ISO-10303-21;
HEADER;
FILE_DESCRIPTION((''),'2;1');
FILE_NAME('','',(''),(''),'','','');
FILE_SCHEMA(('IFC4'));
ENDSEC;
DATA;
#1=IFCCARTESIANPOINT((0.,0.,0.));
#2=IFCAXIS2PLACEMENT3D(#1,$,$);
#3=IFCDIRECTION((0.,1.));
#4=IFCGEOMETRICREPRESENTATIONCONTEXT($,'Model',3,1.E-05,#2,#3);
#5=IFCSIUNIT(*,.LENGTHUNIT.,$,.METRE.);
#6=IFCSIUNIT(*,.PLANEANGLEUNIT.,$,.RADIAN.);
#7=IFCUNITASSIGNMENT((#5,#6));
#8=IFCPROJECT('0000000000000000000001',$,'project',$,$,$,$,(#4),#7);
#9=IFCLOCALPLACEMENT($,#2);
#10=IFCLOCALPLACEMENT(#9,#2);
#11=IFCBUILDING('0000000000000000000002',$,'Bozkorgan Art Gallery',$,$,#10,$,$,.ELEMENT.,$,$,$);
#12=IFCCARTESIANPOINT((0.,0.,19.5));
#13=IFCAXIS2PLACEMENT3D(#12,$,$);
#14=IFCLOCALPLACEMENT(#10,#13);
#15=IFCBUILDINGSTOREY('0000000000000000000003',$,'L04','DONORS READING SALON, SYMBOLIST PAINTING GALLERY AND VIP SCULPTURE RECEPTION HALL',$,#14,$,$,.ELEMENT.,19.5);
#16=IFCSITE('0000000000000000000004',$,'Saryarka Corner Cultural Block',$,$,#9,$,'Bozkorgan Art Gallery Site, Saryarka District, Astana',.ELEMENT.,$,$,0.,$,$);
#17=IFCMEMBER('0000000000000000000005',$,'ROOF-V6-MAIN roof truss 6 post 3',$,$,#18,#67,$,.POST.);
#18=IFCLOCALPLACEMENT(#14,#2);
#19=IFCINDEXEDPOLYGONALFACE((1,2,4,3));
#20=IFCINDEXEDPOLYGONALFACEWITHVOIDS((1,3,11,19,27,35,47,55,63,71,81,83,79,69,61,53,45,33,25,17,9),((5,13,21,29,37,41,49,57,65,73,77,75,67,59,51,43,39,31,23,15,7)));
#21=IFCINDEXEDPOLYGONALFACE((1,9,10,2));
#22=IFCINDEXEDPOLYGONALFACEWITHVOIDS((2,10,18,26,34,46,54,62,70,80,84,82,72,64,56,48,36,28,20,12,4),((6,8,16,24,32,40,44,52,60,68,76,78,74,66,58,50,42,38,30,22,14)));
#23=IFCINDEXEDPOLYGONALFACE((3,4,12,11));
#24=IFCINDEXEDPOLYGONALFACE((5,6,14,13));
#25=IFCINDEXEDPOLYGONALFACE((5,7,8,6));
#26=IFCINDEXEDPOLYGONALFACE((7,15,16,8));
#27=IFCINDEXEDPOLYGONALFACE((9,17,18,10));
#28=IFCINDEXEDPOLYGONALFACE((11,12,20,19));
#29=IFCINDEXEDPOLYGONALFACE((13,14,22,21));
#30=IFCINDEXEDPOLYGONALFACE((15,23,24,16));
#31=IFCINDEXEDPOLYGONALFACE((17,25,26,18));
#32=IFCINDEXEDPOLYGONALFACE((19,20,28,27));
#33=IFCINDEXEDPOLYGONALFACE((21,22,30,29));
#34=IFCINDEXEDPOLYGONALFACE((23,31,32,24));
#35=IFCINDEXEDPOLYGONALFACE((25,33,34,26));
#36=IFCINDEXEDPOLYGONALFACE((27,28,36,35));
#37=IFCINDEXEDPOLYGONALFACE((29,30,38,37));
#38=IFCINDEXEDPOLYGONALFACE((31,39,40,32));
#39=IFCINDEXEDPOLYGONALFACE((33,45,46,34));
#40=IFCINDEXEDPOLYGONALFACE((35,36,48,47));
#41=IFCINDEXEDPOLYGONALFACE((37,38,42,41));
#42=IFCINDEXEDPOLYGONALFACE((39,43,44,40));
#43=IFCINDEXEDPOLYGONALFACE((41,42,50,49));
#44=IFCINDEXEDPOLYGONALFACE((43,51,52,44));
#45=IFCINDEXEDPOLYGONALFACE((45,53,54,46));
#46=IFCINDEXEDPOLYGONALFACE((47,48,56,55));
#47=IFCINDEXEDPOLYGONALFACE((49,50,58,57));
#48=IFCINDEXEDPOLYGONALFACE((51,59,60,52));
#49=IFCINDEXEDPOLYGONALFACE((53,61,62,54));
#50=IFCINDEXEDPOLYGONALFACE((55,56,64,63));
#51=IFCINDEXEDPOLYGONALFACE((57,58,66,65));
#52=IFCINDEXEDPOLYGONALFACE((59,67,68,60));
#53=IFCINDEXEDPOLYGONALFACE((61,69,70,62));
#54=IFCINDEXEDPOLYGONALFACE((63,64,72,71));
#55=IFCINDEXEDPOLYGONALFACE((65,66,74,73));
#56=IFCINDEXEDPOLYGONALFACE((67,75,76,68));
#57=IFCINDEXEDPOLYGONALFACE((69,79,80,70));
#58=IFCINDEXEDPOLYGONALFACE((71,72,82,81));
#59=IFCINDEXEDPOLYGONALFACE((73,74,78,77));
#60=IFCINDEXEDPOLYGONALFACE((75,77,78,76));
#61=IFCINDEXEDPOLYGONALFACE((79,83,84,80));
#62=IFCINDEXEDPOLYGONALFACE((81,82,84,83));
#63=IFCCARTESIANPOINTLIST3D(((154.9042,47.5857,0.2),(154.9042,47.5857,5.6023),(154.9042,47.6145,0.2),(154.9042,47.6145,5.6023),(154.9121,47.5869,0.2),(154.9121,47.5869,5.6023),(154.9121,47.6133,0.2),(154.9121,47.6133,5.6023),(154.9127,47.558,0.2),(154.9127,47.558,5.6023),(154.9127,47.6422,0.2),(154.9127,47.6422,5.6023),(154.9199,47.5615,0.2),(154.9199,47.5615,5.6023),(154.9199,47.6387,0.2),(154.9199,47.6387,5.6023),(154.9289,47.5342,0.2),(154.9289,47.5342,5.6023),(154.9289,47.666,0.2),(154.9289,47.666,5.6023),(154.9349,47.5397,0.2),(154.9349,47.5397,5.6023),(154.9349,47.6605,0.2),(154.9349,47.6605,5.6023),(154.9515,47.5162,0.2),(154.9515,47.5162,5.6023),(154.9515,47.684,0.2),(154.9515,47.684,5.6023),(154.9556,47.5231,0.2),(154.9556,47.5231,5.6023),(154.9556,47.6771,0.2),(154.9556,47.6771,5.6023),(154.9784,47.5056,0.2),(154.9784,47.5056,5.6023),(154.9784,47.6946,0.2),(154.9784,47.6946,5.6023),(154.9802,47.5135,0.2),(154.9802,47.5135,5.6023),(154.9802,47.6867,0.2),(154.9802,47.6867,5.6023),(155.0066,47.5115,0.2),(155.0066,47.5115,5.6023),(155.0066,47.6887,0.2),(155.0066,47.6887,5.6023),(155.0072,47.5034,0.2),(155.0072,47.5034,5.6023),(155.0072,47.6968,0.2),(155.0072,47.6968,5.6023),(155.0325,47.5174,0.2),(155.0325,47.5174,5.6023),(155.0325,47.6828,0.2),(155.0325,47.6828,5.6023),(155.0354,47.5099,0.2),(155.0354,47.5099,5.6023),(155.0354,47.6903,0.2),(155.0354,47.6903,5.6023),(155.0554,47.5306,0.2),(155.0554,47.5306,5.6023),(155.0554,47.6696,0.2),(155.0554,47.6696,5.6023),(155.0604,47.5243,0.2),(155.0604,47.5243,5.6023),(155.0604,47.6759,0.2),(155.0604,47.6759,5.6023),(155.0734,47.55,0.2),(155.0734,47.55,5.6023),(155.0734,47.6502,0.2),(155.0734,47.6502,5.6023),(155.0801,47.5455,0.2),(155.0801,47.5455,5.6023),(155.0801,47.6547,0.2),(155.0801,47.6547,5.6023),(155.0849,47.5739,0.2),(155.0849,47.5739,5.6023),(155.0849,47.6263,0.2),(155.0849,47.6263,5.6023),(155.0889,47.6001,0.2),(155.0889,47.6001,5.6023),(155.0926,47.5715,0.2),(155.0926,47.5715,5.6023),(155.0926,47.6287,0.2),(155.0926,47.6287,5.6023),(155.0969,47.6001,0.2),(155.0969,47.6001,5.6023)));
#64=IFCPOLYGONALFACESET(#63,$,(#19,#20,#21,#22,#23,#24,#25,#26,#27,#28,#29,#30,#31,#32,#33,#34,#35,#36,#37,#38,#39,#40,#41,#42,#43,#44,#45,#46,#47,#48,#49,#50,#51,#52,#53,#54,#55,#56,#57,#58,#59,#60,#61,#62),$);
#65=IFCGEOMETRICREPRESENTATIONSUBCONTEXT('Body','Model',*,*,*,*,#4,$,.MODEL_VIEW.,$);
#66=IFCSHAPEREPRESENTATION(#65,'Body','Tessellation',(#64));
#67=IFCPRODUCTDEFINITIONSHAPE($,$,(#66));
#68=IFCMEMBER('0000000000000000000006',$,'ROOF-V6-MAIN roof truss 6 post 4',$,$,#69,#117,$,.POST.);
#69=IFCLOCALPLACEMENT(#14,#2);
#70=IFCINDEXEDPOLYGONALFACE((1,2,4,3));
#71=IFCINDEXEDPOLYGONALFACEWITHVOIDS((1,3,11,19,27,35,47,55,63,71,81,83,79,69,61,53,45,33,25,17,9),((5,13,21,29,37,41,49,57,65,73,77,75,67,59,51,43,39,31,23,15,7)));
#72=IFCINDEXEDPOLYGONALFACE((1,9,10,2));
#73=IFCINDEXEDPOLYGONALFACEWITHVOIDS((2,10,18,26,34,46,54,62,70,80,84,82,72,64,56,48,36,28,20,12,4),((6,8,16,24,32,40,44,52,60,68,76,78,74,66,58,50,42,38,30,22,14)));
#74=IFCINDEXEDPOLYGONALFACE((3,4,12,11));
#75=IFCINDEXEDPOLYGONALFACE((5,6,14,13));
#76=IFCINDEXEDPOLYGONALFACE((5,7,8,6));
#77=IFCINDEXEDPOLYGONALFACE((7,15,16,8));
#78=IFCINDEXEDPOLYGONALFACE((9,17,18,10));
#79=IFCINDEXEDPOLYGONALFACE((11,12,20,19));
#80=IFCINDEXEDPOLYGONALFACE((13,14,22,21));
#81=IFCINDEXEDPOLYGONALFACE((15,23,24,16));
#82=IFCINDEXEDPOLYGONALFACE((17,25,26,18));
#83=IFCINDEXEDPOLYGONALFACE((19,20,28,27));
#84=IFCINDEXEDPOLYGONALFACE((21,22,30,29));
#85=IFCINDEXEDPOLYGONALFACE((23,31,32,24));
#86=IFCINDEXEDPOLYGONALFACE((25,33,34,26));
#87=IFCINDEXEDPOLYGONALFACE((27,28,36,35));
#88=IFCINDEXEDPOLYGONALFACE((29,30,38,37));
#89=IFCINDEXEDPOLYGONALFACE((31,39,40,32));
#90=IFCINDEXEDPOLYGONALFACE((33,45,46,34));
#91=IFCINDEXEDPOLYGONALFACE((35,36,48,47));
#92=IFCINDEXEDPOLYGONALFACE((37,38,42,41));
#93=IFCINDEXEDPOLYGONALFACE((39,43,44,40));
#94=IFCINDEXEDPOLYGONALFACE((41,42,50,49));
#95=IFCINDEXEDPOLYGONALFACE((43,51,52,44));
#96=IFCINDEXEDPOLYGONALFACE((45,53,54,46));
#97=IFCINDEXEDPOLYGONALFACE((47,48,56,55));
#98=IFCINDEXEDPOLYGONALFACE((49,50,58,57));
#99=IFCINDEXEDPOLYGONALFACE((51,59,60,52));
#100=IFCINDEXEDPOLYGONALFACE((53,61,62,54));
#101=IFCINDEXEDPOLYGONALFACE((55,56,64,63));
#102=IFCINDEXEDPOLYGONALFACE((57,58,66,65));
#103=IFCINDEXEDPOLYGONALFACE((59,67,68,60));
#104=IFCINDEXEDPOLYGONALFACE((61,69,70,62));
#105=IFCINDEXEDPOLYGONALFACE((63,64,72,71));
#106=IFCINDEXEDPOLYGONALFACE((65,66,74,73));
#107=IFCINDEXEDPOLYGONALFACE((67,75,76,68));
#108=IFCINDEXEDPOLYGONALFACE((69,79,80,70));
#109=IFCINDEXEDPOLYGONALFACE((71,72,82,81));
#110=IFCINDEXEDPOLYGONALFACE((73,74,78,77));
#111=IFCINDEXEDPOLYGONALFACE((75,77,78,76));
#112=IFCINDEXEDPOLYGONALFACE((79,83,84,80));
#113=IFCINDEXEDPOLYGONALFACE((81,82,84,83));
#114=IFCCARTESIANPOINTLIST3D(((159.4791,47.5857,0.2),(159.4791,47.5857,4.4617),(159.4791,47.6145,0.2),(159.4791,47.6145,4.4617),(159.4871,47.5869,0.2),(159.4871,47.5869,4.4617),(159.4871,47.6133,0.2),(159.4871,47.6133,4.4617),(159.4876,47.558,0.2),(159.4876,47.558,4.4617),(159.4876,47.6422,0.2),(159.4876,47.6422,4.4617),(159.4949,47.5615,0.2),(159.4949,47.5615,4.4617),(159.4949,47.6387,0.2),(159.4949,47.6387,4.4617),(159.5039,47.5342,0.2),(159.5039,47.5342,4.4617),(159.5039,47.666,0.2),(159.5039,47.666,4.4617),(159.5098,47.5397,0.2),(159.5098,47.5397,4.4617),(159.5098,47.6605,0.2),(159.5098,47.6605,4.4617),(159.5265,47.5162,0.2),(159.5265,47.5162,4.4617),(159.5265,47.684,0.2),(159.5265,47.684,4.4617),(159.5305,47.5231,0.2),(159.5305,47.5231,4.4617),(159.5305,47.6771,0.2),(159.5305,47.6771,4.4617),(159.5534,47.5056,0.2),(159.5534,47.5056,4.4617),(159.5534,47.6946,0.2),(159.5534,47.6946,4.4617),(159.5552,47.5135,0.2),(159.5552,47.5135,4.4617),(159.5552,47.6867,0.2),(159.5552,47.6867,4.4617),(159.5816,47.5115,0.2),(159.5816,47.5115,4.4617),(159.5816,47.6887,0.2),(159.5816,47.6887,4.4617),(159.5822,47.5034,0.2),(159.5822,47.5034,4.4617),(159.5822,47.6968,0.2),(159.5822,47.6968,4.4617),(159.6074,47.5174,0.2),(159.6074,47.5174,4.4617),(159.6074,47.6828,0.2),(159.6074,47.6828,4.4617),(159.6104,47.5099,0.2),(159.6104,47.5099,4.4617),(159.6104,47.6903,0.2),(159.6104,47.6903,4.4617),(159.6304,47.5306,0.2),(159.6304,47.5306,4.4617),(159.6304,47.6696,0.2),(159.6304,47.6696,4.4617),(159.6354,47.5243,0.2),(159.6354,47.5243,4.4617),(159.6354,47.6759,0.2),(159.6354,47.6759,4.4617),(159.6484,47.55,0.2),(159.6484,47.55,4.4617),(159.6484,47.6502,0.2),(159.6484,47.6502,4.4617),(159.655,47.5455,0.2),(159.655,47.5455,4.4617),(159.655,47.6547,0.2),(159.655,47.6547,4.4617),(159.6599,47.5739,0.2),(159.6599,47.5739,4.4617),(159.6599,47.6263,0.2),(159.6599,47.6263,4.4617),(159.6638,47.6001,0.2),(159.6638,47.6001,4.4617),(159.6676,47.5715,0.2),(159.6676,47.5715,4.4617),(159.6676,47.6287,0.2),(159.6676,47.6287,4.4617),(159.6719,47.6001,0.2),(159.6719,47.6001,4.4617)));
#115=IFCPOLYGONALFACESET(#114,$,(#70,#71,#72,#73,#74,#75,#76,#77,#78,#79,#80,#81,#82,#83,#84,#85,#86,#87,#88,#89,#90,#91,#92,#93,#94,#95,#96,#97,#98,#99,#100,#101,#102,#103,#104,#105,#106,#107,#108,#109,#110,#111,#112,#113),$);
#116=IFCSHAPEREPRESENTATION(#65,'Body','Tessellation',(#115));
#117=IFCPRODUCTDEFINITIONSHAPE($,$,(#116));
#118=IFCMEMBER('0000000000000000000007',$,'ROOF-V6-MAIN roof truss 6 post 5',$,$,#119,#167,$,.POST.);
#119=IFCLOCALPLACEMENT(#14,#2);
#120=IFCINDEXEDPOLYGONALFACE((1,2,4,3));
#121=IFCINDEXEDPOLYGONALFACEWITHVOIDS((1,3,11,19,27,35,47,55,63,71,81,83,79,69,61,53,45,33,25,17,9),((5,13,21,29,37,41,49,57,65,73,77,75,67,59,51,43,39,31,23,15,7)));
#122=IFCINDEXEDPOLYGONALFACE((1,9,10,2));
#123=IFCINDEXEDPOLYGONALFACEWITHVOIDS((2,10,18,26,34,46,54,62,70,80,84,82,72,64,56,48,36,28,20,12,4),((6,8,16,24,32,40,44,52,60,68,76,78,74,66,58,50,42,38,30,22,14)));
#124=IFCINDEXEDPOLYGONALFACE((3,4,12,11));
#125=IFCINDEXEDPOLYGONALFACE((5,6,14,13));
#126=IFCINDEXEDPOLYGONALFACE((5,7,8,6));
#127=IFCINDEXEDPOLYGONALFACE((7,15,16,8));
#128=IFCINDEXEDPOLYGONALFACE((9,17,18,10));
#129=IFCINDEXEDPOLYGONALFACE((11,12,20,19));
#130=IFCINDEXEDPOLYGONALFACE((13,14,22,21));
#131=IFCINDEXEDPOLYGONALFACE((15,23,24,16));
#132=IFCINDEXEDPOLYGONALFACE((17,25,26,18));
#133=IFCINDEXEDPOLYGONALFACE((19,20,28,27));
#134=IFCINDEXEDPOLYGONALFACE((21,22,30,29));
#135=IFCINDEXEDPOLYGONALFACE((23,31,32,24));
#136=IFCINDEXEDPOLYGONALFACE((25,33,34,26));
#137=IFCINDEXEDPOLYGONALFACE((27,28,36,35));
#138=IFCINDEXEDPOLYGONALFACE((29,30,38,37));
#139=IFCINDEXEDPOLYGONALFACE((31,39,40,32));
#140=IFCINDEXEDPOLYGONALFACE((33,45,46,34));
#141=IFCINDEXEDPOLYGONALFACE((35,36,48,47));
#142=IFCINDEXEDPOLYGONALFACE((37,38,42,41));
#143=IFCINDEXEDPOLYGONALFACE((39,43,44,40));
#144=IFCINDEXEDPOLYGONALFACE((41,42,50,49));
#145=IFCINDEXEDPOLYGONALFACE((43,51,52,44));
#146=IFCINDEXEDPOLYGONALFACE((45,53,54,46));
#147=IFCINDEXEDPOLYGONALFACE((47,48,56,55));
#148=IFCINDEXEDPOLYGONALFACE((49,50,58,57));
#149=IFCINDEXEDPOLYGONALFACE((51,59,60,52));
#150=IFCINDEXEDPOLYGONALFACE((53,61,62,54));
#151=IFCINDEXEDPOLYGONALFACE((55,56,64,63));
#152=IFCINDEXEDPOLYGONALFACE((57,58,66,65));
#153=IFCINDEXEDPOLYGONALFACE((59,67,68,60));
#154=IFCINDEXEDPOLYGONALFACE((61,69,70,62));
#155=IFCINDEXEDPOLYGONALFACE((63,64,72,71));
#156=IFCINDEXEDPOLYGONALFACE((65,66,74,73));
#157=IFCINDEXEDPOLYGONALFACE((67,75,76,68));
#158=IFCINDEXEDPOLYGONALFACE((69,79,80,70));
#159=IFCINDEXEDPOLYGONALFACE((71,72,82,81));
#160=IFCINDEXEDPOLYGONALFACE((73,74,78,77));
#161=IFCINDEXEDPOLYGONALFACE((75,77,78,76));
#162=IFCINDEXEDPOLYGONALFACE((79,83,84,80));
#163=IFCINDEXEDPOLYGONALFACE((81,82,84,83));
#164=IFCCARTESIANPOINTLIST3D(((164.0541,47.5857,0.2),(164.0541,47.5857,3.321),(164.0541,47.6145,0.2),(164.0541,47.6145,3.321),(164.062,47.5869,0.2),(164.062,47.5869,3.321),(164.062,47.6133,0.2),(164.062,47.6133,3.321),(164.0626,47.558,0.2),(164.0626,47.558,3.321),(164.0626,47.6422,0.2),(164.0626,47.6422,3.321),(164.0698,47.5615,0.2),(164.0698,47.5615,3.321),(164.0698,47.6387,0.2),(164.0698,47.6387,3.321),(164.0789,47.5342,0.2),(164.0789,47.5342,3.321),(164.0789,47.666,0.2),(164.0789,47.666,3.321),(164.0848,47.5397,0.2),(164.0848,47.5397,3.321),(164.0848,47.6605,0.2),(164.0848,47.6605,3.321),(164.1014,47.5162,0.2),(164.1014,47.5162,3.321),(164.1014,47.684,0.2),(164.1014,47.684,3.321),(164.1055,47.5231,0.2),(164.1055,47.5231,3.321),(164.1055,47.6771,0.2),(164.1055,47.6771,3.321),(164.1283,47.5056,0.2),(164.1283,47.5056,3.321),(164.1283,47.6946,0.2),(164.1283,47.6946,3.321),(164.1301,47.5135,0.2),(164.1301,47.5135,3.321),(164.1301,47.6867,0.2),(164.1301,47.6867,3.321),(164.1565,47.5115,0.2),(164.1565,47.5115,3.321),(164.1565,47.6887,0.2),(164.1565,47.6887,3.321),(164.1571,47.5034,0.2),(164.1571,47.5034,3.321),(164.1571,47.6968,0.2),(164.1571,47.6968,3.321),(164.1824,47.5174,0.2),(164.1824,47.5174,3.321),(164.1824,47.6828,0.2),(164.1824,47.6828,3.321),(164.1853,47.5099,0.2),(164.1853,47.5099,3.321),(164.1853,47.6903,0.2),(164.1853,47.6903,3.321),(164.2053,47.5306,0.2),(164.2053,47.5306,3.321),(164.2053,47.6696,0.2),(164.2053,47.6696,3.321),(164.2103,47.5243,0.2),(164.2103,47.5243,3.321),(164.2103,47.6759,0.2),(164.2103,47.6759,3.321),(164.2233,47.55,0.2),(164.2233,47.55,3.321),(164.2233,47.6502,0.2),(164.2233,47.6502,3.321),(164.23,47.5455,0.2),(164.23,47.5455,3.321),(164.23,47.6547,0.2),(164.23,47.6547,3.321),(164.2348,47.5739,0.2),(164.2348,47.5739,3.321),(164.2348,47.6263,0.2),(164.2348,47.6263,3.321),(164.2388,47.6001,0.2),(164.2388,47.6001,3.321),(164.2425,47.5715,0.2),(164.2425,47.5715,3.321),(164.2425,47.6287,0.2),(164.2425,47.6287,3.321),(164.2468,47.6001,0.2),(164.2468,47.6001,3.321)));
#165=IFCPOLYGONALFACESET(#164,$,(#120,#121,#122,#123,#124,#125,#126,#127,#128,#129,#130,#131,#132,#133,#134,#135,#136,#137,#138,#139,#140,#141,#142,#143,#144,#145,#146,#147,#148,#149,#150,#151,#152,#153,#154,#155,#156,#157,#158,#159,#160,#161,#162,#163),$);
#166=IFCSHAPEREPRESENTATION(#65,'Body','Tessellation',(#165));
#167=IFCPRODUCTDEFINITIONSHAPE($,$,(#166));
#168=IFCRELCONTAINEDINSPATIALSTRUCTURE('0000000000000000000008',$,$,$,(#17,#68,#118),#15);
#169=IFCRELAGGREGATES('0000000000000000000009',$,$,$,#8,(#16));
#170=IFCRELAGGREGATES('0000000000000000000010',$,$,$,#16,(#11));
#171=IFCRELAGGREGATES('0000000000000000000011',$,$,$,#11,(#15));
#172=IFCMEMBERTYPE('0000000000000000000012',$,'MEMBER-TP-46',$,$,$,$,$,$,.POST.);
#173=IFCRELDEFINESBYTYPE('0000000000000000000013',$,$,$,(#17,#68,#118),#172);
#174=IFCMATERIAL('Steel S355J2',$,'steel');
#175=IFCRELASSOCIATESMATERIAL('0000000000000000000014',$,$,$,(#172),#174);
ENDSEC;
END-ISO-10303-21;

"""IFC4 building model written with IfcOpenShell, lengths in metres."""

from ifc_helpers import new_model, si_unit, direction, frame, origin, origin_2d, place, context, subcontext, project, spatial, hollow_circle, extrude, material, material_profile, profile_set, type_object, element, save


model = new_model("IFC4")

# Units and contexts
model_context = context("Model", 3, precision=1e-05, world=origin(), true_north=direction((0.0, 1.0)))
body_context = subcontext(model_context, "Body", "Model", "MODEL_VIEW")
ifc_project = project(units=[si_unit("LENGTHUNIT", "METRE"), si_unit("PLANEANGLEUNIT", "RADIAN")], contexts=[model_context])

# Site, building, storey
site_placement = place(None, origin())
site = spatial("IfcSite", under=ifc_project, at=site_placement, Name="Saryarka Corner Cultural Block", LongName="Bozkorgan Art Gallery Site, Saryarka District, Astana", CompositionType="ELEMENT", RefElevation=0.0)
building_placement = place(site_placement, origin())
building = spatial("IfcBuilding", under=site, at=building_placement, Name="Bozkorgan Art Gallery", CompositionType="ELEMENT")
storey_placement = place(building_placement, frame((0.0, 0.0, 19.5)))
storey = spatial("IfcBuildingStorey", under=building, at=storey_placement, Name="L04", Description="DONORS READING SALON, SYMBOLIST PAINTING GALLERY AND VIP SCULPTURE RECEPTION HALL", CompositionType="ELEMENT", Elevation=19.5)

# Shared definitions
ifc_material = material(Name="Steel S355J2", Category="steel")

# Members
ifc_material_profile_1 = material_profile(ifc_material, hollow_circle(Radius=0.0969, WallThickness=0.0081, at=origin_2d()), Name="CHS 193.7x8")
ifc_profile_set_1 = profile_set([ifc_material_profile_1], Name="Steel S355J2")
member_type_1 = type_object("IfcMemberType", Name="MEMBER-TP-46", PredefinedType="POST", material=ifc_profile_set_1)
member_1_placement = place(storey_placement, frame((155.0, 47.6001, 0.2), z_axis=(0.0, 0.0, 1.0), x_axis=(1.0, 0.0, 0.0)))
element("IfcMember", 1, at=member_1_placement, inside=storey, type_object=member_type_1, Name="ROOF-V6-MAIN roof truss 6 post 3", PredefinedType="POST", context=body_context, shape_type="SweptSolid", body=[
    extrude(hollow_circle(Radius=0.0969, WallThickness=0.0081, at=origin_2d()), origin(), (0.0, 0.0, 1.0), 5.4023),
])
member_2_placement = place(storey_placement, frame((159.575, 47.6001, 0.2), z_axis=(0.0, 0.0, 1.0), x_axis=(1.0, 0.0, 0.0)))
element("IfcMember", 2, at=member_2_placement, inside=storey, type_object=member_type_1, Name="ROOF-V6-MAIN roof truss 6 post 4", PredefinedType="POST", context=body_context, shape_type="SweptSolid", body=[
    extrude(hollow_circle(Radius=0.0969, WallThickness=0.0081, at=origin_2d()), origin(), (0.0, 0.0, 1.0), 4.2617),
])
member_3_placement = place(storey_placement, frame((164.1499, 47.6001, 0.2), z_axis=(0.0, 0.0, 1.0), x_axis=(1.0, 0.0, 0.0)))
element("IfcMember", 3, at=member_3_placement, inside=storey, type_object=member_type_1, Name="ROOF-V6-MAIN roof truss 6 post 5", PredefinedType="POST", context=body_context, shape_type="SweptSolid", body=[
    extrude(hollow_circle(Radius=0.0969, WallThickness=0.0081, at=origin_2d()), origin(), (0.0, 0.0, 1.0), 3.1211),
])

save(model, "model.ifc")
